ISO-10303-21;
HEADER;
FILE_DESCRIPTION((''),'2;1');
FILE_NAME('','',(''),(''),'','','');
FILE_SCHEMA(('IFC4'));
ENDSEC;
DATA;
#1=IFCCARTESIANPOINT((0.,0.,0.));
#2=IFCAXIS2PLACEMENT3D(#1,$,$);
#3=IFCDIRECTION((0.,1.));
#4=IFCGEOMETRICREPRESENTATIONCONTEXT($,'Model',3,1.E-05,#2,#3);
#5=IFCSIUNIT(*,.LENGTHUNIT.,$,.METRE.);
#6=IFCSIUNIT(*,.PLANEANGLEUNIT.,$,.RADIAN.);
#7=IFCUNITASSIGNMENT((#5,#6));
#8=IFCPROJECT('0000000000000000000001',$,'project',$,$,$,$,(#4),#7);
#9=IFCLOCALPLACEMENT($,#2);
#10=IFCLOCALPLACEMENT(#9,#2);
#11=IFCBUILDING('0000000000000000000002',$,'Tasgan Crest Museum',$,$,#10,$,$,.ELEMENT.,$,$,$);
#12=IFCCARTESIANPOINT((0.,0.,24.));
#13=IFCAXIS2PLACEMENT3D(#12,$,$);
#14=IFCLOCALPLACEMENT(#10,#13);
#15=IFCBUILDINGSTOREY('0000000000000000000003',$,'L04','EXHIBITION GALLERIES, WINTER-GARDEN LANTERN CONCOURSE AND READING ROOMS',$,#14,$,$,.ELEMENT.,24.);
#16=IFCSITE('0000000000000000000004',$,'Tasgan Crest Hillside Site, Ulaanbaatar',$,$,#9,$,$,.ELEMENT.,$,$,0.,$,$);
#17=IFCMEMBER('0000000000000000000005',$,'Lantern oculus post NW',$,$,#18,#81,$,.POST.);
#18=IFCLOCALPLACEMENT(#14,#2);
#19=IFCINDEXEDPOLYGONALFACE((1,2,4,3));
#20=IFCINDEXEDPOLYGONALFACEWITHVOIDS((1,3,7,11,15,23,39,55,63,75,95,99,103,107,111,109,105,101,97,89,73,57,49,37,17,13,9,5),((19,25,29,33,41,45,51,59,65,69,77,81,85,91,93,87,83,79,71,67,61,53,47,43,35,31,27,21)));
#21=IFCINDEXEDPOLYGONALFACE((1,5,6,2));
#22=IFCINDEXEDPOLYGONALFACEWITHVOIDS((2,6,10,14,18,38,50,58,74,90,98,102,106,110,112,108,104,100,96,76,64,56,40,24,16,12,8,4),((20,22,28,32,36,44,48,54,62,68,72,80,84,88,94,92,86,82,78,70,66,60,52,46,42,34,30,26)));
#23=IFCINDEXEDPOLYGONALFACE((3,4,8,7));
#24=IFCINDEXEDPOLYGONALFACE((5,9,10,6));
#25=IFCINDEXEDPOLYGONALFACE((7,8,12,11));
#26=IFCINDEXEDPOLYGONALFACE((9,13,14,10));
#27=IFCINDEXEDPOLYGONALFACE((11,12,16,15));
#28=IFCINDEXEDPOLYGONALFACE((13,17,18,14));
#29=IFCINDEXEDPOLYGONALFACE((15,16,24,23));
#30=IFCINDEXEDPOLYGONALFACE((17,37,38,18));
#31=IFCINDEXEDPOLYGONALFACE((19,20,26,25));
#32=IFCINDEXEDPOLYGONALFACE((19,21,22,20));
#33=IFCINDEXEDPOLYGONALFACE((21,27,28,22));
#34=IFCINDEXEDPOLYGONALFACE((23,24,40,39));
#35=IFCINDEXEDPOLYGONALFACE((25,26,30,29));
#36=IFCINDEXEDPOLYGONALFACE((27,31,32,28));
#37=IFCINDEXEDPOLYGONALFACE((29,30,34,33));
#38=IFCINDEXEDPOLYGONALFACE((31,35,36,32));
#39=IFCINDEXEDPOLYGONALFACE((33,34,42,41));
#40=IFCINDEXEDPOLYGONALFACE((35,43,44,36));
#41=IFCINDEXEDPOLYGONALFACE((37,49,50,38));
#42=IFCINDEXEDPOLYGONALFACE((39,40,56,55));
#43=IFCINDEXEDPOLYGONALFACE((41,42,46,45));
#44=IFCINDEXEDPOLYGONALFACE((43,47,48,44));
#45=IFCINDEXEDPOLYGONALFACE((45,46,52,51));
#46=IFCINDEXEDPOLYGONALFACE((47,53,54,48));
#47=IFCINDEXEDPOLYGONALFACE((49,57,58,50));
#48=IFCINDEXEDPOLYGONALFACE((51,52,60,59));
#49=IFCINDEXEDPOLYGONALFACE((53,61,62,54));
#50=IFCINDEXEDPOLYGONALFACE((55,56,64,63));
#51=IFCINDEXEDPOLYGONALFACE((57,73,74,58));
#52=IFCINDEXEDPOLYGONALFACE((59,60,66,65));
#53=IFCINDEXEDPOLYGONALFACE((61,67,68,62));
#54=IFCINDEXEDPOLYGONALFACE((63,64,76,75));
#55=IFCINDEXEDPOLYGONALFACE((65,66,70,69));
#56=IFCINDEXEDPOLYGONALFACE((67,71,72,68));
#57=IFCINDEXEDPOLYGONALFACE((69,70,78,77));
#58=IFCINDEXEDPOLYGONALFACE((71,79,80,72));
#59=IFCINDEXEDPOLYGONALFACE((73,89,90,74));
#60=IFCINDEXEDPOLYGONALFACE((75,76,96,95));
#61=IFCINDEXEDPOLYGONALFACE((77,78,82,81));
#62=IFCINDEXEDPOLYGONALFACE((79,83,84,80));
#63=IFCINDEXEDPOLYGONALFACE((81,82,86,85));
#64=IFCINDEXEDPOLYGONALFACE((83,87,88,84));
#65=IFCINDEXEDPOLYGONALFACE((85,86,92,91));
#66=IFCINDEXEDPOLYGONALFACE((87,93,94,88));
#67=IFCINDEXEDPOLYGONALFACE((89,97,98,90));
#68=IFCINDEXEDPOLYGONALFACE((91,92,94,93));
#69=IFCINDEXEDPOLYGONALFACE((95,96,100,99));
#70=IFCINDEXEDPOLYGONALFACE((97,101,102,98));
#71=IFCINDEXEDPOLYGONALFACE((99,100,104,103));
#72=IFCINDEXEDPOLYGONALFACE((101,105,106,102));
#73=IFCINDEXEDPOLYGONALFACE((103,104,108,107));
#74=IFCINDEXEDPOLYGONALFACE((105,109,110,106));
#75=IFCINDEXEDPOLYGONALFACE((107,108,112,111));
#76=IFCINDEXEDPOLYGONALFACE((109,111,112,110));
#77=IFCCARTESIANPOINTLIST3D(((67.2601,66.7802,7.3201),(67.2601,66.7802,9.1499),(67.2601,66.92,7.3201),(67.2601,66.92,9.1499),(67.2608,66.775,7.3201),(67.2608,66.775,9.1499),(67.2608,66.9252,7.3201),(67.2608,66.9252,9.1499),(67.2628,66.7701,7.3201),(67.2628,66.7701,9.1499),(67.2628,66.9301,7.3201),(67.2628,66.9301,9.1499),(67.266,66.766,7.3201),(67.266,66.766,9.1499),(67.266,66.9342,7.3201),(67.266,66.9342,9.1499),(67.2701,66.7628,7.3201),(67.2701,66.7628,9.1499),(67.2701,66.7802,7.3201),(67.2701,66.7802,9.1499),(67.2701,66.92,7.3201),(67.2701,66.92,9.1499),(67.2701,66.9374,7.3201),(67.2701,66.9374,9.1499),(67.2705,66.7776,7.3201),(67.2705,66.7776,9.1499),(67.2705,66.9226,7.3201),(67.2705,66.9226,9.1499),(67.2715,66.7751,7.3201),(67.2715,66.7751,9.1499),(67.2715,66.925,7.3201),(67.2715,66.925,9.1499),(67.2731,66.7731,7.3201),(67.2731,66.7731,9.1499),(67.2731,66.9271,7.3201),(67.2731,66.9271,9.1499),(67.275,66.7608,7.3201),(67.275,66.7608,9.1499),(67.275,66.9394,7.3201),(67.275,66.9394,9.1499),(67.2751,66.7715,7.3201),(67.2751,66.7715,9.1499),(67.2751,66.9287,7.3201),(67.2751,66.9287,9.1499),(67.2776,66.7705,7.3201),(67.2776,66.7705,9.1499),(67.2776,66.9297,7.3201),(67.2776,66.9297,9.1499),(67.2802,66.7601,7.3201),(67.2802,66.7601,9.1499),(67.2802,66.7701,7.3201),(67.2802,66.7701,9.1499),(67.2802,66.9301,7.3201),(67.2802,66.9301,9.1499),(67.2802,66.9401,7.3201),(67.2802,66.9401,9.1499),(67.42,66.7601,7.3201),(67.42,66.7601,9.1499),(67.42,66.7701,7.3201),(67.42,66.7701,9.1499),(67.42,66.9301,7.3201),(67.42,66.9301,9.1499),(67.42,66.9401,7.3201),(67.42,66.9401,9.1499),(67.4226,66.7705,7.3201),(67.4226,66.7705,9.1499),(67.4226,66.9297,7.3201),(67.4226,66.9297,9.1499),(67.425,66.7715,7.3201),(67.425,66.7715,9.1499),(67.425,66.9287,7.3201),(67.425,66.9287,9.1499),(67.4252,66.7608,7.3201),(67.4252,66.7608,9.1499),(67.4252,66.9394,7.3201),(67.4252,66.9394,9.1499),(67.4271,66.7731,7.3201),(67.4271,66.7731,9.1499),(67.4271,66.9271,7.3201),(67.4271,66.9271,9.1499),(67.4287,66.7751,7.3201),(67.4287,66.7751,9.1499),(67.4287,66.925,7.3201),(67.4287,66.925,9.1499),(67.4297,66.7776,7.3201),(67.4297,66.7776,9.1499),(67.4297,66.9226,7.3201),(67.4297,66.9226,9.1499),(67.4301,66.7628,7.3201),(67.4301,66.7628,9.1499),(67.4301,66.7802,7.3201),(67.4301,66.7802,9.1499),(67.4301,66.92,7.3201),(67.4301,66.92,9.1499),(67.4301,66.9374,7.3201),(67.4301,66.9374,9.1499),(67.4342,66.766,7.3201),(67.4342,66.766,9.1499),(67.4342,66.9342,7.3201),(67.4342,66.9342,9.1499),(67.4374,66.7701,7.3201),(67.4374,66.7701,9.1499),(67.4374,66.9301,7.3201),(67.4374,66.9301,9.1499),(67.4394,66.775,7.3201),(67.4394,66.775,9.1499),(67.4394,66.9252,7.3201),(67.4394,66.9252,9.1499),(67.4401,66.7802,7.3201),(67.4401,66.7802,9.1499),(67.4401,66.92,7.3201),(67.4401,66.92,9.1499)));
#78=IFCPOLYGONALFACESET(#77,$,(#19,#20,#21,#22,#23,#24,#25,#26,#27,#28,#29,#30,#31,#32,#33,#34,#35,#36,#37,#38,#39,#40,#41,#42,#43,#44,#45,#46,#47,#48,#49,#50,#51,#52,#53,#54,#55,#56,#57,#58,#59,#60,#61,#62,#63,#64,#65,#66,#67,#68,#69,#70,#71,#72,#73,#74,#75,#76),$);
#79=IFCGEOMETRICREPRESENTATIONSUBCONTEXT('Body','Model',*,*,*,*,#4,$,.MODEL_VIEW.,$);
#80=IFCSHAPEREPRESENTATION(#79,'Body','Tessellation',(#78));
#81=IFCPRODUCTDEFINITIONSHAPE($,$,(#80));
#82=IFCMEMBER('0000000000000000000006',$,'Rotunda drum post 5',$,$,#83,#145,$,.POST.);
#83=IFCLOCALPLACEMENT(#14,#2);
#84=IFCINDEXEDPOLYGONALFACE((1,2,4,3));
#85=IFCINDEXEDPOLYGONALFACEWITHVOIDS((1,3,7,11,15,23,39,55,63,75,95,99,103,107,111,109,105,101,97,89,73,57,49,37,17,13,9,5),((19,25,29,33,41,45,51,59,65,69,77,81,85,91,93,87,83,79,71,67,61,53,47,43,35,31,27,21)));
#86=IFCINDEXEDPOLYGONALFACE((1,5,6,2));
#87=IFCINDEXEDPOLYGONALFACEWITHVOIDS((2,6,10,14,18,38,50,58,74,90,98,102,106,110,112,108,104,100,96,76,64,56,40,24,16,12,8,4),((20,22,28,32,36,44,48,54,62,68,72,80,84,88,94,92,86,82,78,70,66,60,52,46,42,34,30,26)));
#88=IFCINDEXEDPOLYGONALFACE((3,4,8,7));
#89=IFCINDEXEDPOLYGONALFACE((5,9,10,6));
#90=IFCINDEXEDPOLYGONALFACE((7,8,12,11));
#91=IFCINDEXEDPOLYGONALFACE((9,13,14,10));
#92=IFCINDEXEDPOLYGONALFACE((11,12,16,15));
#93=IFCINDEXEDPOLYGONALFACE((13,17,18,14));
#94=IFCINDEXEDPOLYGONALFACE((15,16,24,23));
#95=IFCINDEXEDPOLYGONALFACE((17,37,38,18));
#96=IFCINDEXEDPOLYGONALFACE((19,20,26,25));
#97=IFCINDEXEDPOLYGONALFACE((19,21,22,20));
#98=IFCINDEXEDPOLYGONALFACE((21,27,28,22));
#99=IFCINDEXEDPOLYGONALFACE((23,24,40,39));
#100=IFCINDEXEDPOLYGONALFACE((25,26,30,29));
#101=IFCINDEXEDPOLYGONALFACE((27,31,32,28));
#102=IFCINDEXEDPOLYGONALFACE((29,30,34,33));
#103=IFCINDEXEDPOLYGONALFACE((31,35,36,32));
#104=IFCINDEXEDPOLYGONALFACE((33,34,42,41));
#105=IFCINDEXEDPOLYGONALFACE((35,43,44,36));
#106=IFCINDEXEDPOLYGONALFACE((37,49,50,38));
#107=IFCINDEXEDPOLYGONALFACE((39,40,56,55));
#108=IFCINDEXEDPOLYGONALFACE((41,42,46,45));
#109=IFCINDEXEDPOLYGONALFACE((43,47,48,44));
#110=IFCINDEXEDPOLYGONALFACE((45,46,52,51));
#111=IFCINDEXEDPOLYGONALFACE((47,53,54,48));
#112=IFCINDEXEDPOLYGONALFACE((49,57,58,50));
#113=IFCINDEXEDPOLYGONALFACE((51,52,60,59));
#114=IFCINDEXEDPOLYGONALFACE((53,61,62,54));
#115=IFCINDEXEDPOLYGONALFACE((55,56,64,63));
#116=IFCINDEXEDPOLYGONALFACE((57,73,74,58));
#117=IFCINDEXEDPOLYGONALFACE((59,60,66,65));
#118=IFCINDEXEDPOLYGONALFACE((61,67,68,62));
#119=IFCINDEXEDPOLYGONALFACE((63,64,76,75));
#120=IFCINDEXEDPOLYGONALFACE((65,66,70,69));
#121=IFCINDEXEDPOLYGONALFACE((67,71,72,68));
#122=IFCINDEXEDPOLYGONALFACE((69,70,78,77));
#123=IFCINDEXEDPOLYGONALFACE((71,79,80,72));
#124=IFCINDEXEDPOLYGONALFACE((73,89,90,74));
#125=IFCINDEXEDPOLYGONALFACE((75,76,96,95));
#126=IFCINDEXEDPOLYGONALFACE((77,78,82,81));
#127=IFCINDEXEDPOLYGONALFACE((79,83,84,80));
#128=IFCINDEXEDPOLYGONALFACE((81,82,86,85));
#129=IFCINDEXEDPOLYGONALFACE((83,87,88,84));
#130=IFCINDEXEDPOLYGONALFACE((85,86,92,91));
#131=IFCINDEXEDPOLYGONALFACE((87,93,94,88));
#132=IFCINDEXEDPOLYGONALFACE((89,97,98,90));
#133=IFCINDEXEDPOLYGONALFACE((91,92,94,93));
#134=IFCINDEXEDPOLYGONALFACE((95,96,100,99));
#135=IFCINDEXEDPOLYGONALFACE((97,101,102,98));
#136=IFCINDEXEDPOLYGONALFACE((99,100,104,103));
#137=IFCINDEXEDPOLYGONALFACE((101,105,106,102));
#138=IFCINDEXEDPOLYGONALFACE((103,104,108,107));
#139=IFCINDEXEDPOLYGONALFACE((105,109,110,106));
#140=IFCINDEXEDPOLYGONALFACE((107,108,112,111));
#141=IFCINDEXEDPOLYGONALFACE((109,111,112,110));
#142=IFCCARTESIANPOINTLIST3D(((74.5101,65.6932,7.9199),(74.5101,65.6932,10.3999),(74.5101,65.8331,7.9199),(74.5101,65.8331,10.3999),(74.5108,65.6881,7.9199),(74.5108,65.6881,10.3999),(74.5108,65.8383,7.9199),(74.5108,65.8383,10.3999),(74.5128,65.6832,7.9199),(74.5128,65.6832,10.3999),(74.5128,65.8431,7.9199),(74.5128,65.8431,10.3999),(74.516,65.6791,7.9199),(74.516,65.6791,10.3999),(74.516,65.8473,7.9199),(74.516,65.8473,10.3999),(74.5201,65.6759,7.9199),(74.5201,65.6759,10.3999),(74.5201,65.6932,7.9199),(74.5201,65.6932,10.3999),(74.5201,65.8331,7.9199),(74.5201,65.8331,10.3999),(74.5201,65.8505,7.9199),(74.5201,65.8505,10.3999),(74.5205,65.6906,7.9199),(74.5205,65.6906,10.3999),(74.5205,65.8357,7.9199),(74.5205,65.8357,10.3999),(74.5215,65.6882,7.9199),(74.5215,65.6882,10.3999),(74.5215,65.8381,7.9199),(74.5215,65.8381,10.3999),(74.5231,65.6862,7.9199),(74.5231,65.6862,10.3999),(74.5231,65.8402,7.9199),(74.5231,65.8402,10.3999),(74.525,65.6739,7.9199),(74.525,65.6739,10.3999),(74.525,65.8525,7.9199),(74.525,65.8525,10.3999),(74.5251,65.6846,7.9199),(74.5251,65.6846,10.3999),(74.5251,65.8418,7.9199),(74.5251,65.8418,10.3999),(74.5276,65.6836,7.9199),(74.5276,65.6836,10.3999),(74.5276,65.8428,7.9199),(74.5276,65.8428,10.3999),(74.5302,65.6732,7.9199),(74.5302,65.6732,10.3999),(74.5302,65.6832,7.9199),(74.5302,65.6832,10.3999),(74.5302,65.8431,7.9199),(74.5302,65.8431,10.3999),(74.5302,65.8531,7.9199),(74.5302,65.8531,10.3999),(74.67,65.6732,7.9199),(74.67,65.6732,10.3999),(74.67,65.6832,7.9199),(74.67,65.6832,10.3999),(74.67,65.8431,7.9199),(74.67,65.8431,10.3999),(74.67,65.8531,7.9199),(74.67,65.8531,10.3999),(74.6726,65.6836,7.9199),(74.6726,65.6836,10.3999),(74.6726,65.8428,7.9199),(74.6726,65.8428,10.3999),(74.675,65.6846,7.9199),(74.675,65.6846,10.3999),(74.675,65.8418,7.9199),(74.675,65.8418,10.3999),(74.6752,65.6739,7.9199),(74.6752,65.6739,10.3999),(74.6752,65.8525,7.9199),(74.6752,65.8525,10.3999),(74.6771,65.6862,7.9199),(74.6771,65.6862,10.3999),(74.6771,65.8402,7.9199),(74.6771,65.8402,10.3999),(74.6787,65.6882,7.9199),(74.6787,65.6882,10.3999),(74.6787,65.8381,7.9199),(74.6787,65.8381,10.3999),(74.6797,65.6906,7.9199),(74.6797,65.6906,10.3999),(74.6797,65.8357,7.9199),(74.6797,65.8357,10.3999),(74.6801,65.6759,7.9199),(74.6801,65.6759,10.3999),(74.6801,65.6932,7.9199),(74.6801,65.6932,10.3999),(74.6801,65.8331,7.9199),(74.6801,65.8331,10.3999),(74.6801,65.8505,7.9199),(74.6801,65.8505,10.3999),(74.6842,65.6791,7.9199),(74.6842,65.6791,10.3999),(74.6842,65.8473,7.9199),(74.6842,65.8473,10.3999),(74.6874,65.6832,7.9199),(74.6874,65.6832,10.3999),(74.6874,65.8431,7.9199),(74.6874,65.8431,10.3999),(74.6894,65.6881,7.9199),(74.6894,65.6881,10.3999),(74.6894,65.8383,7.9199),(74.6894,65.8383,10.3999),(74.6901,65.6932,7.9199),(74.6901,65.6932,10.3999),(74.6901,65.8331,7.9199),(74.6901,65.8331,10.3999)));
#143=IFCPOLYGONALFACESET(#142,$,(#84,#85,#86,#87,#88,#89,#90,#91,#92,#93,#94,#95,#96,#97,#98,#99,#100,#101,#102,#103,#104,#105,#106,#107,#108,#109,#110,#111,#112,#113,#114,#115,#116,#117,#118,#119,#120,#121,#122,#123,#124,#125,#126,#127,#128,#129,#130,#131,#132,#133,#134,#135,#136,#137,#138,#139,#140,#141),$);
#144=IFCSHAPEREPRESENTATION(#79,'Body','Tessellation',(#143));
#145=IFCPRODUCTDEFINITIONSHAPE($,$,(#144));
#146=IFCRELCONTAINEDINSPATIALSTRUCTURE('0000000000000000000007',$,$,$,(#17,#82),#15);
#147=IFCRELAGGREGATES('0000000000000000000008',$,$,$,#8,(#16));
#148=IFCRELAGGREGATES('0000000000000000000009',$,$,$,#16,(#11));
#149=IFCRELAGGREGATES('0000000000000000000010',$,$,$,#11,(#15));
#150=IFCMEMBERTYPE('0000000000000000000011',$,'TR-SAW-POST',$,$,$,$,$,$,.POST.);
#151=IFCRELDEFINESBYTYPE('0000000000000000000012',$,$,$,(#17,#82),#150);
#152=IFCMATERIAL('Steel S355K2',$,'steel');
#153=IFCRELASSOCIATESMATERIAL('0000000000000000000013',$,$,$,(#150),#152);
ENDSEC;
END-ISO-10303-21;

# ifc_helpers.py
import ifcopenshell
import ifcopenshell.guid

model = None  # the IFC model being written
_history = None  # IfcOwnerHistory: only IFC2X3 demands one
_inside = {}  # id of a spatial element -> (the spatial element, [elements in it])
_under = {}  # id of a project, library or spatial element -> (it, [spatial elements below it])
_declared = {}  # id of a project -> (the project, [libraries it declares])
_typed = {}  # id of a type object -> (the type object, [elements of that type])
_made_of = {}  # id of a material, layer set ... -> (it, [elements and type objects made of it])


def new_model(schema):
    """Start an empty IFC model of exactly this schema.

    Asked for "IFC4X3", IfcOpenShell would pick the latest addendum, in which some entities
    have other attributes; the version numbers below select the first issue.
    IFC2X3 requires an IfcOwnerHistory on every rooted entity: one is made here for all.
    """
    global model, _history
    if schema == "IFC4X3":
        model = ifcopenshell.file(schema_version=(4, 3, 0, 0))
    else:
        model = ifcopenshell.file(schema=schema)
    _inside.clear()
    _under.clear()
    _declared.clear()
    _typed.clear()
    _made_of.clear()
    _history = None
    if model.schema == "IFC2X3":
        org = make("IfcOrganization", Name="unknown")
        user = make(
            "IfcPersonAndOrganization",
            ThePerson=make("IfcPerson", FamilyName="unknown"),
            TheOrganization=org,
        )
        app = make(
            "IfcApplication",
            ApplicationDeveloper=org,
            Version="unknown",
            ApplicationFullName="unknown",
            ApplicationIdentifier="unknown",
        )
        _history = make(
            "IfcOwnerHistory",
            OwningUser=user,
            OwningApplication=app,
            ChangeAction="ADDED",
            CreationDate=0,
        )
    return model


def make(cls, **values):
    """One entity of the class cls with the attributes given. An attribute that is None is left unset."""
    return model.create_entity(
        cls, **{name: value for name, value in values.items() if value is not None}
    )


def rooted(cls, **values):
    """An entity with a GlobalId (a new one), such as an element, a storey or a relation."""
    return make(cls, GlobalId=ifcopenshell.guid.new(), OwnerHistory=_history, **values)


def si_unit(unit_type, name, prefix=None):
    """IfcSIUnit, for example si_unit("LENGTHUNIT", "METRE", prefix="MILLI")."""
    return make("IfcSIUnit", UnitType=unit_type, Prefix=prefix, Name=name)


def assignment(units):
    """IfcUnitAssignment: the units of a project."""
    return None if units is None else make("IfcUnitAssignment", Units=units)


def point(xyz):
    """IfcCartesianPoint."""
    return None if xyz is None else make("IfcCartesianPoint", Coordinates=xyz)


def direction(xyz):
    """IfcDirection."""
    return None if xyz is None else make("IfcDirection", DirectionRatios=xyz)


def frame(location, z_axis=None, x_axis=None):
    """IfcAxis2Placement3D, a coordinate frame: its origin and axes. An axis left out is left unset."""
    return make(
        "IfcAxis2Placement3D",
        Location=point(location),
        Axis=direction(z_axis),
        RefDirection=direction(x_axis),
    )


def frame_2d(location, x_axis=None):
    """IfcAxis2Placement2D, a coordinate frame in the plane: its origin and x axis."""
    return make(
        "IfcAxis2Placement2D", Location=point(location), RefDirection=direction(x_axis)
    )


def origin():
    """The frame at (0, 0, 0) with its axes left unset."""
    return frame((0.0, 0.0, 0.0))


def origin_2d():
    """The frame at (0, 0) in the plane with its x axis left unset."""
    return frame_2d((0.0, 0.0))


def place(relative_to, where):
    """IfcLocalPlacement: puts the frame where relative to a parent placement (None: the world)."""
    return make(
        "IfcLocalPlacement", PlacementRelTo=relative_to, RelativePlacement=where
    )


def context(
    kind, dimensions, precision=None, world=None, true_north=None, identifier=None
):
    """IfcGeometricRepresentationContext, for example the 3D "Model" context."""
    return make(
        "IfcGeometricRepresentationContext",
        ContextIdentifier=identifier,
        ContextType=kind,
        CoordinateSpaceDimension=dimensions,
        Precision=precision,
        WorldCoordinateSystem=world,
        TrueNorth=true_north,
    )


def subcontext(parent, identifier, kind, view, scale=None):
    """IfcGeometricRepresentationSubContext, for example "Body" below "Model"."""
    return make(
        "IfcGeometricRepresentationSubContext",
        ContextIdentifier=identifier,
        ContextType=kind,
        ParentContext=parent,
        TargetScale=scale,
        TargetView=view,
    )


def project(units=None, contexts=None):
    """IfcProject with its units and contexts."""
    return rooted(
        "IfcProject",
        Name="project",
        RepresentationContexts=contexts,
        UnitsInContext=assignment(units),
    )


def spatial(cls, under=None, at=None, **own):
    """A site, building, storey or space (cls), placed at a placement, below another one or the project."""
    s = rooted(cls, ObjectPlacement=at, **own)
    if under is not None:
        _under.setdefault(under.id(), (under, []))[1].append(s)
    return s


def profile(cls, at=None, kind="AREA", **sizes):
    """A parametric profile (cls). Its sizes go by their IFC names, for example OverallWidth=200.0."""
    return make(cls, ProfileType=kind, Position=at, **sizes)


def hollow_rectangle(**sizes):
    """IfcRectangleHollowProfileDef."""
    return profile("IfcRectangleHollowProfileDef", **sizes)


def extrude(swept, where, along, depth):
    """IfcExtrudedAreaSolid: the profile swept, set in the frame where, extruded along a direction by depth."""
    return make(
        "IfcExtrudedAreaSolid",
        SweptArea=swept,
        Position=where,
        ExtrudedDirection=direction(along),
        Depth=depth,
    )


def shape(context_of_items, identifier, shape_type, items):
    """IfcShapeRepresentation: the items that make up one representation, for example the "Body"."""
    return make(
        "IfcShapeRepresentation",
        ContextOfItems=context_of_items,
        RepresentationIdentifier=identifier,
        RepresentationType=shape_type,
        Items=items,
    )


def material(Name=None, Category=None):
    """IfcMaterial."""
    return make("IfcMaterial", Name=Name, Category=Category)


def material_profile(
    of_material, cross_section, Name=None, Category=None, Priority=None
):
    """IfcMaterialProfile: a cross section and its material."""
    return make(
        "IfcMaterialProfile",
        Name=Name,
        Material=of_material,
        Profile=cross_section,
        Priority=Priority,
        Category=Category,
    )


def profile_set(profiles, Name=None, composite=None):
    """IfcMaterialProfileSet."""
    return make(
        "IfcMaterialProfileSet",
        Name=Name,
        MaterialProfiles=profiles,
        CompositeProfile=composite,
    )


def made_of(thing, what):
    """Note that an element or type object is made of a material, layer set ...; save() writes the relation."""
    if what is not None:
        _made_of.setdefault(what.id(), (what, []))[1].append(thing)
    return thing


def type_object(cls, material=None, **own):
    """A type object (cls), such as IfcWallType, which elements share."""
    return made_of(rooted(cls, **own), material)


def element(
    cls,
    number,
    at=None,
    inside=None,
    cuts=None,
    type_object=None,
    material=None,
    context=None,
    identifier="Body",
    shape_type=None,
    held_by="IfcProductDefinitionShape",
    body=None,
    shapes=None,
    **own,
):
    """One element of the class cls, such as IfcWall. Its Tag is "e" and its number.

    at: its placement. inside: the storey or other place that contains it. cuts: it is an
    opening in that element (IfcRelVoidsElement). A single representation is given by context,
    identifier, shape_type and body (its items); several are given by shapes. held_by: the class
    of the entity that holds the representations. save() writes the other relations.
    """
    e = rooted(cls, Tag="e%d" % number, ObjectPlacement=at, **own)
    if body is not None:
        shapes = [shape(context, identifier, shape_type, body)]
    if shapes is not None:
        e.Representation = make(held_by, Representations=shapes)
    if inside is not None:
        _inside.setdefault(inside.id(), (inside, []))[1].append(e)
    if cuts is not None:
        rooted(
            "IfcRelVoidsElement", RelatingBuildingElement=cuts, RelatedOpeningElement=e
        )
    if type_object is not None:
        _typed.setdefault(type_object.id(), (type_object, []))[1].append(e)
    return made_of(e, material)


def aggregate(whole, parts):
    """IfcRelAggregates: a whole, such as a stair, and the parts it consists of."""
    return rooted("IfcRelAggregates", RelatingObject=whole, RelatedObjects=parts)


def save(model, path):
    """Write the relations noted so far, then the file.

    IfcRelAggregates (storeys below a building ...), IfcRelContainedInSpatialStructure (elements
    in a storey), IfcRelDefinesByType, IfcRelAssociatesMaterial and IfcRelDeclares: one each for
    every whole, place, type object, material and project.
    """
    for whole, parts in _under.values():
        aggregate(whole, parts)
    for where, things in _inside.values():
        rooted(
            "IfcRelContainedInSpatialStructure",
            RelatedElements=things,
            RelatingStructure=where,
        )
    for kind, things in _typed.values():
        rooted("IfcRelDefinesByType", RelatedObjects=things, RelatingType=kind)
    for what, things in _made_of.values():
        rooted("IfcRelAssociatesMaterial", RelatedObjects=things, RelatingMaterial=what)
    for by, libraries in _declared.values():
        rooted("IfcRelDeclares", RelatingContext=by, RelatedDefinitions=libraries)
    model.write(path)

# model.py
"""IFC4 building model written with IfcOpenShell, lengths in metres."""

from ifc_helpers import new_model, si_unit, direction, frame, origin, origin_2d, place, context, subcontext, project, spatial, hollow_rectangle, extrude, material, material_profile, profile_set, type_object, element, save


model = new_model("IFC4")

# Units and contexts
model_context = context("Model", 3, precision=1e-05, world=origin(), true_north=direction((0.0, 1.0)))
body_context = subcontext(model_context, "Body", "Model", "MODEL_VIEW")
ifc_project = project(units=[si_unit("LENGTHUNIT", "METRE"), si_unit("PLANEANGLEUNIT", "RADIAN")], contexts=[model_context])

# Site, building, storey
site_placement = place(None, origin())
site = spatial("IfcSite", under=ifc_project, at=site_placement, Name="Tasgan Crest Hillside Site, Ulaanbaatar", CompositionType="ELEMENT", RefElevation=0.0)
building_placement = place(site_placement, origin())
building = spatial("IfcBuilding", under=site, at=building_placement, Name="Tasgan Crest Museum", CompositionType="ELEMENT")
storey_placement = place(building_placement, frame((0.0, 0.0, 24.0)))
storey = spatial("IfcBuildingStorey", under=building, at=storey_placement, Name="L04", Description="EXHIBITION GALLERIES, WINTER-GARDEN LANTERN CONCOURSE AND READING ROOMS", CompositionType="ELEMENT", Elevation=24.0)

# Members
ifc_material_1 = material(Name="Steel S355K2", Category="steel")
ifc_material_profile_1 = material_profile(ifc_material_1, hollow_rectangle(XDim=0.1799, YDim=0.1799, WallThickness=0.01, InnerFilletRadius=0.01, OuterFilletRadius=0.02, at=origin_2d()), Name="SHS 180x180x10")
ifc_profile_set_1 = profile_set([ifc_material_profile_1], Name="Steel S355K2")
member_type_1 = type_object("IfcMemberType", Name="TR-SAW-POST", PredefinedType="POST", material=ifc_profile_set_1)
member_1_placement = place(storey_placement, frame((67.3501, 66.8501, 7.3201), z_axis=(0.0, 0.0, 1.0), x_axis=(1.0, 0.0, 0.0)))
element("IfcMember", 1, at=member_1_placement, inside=storey, type_object=member_type_1, Name="Lantern oculus post NW", PredefinedType="POST", context=body_context, shape_type="SweptSolid", body=[
    extrude(hollow_rectangle(XDim=0.1799, YDim=0.1799, WallThickness=0.01, InnerFilletRadius=0.01, OuterFilletRadius=0.02, at=origin_2d()), origin(), (0.0, 0.0, 1.0), 1.8298),
])
for number, where, z_axis, x_axis, name in (
    (2, (74.6001, 65.7632, 7.9199), (0.0, 0.0, 1.0), (1.0, 0.0, 0.0), "Rotunda drum post 5"),
):
    element("IfcMember", number, at=place(storey_placement, frame(where, z_axis=z_axis, x_axis=x_axis)), inside=storey, type_object=member_type_1, Name=name, PredefinedType="POST", context=body_context, shape_type="SweptSolid", body=[
        extrude(hollow_rectangle(XDim=0.1799, YDim=0.1799, WallThickness=0.01, InnerFilletRadius=0.01, OuterFilletRadius=0.02, at=origin_2d()), origin(), (0.0, 0.0, 1.0), 2.48),
    ])

save(model, "model.ifc")
